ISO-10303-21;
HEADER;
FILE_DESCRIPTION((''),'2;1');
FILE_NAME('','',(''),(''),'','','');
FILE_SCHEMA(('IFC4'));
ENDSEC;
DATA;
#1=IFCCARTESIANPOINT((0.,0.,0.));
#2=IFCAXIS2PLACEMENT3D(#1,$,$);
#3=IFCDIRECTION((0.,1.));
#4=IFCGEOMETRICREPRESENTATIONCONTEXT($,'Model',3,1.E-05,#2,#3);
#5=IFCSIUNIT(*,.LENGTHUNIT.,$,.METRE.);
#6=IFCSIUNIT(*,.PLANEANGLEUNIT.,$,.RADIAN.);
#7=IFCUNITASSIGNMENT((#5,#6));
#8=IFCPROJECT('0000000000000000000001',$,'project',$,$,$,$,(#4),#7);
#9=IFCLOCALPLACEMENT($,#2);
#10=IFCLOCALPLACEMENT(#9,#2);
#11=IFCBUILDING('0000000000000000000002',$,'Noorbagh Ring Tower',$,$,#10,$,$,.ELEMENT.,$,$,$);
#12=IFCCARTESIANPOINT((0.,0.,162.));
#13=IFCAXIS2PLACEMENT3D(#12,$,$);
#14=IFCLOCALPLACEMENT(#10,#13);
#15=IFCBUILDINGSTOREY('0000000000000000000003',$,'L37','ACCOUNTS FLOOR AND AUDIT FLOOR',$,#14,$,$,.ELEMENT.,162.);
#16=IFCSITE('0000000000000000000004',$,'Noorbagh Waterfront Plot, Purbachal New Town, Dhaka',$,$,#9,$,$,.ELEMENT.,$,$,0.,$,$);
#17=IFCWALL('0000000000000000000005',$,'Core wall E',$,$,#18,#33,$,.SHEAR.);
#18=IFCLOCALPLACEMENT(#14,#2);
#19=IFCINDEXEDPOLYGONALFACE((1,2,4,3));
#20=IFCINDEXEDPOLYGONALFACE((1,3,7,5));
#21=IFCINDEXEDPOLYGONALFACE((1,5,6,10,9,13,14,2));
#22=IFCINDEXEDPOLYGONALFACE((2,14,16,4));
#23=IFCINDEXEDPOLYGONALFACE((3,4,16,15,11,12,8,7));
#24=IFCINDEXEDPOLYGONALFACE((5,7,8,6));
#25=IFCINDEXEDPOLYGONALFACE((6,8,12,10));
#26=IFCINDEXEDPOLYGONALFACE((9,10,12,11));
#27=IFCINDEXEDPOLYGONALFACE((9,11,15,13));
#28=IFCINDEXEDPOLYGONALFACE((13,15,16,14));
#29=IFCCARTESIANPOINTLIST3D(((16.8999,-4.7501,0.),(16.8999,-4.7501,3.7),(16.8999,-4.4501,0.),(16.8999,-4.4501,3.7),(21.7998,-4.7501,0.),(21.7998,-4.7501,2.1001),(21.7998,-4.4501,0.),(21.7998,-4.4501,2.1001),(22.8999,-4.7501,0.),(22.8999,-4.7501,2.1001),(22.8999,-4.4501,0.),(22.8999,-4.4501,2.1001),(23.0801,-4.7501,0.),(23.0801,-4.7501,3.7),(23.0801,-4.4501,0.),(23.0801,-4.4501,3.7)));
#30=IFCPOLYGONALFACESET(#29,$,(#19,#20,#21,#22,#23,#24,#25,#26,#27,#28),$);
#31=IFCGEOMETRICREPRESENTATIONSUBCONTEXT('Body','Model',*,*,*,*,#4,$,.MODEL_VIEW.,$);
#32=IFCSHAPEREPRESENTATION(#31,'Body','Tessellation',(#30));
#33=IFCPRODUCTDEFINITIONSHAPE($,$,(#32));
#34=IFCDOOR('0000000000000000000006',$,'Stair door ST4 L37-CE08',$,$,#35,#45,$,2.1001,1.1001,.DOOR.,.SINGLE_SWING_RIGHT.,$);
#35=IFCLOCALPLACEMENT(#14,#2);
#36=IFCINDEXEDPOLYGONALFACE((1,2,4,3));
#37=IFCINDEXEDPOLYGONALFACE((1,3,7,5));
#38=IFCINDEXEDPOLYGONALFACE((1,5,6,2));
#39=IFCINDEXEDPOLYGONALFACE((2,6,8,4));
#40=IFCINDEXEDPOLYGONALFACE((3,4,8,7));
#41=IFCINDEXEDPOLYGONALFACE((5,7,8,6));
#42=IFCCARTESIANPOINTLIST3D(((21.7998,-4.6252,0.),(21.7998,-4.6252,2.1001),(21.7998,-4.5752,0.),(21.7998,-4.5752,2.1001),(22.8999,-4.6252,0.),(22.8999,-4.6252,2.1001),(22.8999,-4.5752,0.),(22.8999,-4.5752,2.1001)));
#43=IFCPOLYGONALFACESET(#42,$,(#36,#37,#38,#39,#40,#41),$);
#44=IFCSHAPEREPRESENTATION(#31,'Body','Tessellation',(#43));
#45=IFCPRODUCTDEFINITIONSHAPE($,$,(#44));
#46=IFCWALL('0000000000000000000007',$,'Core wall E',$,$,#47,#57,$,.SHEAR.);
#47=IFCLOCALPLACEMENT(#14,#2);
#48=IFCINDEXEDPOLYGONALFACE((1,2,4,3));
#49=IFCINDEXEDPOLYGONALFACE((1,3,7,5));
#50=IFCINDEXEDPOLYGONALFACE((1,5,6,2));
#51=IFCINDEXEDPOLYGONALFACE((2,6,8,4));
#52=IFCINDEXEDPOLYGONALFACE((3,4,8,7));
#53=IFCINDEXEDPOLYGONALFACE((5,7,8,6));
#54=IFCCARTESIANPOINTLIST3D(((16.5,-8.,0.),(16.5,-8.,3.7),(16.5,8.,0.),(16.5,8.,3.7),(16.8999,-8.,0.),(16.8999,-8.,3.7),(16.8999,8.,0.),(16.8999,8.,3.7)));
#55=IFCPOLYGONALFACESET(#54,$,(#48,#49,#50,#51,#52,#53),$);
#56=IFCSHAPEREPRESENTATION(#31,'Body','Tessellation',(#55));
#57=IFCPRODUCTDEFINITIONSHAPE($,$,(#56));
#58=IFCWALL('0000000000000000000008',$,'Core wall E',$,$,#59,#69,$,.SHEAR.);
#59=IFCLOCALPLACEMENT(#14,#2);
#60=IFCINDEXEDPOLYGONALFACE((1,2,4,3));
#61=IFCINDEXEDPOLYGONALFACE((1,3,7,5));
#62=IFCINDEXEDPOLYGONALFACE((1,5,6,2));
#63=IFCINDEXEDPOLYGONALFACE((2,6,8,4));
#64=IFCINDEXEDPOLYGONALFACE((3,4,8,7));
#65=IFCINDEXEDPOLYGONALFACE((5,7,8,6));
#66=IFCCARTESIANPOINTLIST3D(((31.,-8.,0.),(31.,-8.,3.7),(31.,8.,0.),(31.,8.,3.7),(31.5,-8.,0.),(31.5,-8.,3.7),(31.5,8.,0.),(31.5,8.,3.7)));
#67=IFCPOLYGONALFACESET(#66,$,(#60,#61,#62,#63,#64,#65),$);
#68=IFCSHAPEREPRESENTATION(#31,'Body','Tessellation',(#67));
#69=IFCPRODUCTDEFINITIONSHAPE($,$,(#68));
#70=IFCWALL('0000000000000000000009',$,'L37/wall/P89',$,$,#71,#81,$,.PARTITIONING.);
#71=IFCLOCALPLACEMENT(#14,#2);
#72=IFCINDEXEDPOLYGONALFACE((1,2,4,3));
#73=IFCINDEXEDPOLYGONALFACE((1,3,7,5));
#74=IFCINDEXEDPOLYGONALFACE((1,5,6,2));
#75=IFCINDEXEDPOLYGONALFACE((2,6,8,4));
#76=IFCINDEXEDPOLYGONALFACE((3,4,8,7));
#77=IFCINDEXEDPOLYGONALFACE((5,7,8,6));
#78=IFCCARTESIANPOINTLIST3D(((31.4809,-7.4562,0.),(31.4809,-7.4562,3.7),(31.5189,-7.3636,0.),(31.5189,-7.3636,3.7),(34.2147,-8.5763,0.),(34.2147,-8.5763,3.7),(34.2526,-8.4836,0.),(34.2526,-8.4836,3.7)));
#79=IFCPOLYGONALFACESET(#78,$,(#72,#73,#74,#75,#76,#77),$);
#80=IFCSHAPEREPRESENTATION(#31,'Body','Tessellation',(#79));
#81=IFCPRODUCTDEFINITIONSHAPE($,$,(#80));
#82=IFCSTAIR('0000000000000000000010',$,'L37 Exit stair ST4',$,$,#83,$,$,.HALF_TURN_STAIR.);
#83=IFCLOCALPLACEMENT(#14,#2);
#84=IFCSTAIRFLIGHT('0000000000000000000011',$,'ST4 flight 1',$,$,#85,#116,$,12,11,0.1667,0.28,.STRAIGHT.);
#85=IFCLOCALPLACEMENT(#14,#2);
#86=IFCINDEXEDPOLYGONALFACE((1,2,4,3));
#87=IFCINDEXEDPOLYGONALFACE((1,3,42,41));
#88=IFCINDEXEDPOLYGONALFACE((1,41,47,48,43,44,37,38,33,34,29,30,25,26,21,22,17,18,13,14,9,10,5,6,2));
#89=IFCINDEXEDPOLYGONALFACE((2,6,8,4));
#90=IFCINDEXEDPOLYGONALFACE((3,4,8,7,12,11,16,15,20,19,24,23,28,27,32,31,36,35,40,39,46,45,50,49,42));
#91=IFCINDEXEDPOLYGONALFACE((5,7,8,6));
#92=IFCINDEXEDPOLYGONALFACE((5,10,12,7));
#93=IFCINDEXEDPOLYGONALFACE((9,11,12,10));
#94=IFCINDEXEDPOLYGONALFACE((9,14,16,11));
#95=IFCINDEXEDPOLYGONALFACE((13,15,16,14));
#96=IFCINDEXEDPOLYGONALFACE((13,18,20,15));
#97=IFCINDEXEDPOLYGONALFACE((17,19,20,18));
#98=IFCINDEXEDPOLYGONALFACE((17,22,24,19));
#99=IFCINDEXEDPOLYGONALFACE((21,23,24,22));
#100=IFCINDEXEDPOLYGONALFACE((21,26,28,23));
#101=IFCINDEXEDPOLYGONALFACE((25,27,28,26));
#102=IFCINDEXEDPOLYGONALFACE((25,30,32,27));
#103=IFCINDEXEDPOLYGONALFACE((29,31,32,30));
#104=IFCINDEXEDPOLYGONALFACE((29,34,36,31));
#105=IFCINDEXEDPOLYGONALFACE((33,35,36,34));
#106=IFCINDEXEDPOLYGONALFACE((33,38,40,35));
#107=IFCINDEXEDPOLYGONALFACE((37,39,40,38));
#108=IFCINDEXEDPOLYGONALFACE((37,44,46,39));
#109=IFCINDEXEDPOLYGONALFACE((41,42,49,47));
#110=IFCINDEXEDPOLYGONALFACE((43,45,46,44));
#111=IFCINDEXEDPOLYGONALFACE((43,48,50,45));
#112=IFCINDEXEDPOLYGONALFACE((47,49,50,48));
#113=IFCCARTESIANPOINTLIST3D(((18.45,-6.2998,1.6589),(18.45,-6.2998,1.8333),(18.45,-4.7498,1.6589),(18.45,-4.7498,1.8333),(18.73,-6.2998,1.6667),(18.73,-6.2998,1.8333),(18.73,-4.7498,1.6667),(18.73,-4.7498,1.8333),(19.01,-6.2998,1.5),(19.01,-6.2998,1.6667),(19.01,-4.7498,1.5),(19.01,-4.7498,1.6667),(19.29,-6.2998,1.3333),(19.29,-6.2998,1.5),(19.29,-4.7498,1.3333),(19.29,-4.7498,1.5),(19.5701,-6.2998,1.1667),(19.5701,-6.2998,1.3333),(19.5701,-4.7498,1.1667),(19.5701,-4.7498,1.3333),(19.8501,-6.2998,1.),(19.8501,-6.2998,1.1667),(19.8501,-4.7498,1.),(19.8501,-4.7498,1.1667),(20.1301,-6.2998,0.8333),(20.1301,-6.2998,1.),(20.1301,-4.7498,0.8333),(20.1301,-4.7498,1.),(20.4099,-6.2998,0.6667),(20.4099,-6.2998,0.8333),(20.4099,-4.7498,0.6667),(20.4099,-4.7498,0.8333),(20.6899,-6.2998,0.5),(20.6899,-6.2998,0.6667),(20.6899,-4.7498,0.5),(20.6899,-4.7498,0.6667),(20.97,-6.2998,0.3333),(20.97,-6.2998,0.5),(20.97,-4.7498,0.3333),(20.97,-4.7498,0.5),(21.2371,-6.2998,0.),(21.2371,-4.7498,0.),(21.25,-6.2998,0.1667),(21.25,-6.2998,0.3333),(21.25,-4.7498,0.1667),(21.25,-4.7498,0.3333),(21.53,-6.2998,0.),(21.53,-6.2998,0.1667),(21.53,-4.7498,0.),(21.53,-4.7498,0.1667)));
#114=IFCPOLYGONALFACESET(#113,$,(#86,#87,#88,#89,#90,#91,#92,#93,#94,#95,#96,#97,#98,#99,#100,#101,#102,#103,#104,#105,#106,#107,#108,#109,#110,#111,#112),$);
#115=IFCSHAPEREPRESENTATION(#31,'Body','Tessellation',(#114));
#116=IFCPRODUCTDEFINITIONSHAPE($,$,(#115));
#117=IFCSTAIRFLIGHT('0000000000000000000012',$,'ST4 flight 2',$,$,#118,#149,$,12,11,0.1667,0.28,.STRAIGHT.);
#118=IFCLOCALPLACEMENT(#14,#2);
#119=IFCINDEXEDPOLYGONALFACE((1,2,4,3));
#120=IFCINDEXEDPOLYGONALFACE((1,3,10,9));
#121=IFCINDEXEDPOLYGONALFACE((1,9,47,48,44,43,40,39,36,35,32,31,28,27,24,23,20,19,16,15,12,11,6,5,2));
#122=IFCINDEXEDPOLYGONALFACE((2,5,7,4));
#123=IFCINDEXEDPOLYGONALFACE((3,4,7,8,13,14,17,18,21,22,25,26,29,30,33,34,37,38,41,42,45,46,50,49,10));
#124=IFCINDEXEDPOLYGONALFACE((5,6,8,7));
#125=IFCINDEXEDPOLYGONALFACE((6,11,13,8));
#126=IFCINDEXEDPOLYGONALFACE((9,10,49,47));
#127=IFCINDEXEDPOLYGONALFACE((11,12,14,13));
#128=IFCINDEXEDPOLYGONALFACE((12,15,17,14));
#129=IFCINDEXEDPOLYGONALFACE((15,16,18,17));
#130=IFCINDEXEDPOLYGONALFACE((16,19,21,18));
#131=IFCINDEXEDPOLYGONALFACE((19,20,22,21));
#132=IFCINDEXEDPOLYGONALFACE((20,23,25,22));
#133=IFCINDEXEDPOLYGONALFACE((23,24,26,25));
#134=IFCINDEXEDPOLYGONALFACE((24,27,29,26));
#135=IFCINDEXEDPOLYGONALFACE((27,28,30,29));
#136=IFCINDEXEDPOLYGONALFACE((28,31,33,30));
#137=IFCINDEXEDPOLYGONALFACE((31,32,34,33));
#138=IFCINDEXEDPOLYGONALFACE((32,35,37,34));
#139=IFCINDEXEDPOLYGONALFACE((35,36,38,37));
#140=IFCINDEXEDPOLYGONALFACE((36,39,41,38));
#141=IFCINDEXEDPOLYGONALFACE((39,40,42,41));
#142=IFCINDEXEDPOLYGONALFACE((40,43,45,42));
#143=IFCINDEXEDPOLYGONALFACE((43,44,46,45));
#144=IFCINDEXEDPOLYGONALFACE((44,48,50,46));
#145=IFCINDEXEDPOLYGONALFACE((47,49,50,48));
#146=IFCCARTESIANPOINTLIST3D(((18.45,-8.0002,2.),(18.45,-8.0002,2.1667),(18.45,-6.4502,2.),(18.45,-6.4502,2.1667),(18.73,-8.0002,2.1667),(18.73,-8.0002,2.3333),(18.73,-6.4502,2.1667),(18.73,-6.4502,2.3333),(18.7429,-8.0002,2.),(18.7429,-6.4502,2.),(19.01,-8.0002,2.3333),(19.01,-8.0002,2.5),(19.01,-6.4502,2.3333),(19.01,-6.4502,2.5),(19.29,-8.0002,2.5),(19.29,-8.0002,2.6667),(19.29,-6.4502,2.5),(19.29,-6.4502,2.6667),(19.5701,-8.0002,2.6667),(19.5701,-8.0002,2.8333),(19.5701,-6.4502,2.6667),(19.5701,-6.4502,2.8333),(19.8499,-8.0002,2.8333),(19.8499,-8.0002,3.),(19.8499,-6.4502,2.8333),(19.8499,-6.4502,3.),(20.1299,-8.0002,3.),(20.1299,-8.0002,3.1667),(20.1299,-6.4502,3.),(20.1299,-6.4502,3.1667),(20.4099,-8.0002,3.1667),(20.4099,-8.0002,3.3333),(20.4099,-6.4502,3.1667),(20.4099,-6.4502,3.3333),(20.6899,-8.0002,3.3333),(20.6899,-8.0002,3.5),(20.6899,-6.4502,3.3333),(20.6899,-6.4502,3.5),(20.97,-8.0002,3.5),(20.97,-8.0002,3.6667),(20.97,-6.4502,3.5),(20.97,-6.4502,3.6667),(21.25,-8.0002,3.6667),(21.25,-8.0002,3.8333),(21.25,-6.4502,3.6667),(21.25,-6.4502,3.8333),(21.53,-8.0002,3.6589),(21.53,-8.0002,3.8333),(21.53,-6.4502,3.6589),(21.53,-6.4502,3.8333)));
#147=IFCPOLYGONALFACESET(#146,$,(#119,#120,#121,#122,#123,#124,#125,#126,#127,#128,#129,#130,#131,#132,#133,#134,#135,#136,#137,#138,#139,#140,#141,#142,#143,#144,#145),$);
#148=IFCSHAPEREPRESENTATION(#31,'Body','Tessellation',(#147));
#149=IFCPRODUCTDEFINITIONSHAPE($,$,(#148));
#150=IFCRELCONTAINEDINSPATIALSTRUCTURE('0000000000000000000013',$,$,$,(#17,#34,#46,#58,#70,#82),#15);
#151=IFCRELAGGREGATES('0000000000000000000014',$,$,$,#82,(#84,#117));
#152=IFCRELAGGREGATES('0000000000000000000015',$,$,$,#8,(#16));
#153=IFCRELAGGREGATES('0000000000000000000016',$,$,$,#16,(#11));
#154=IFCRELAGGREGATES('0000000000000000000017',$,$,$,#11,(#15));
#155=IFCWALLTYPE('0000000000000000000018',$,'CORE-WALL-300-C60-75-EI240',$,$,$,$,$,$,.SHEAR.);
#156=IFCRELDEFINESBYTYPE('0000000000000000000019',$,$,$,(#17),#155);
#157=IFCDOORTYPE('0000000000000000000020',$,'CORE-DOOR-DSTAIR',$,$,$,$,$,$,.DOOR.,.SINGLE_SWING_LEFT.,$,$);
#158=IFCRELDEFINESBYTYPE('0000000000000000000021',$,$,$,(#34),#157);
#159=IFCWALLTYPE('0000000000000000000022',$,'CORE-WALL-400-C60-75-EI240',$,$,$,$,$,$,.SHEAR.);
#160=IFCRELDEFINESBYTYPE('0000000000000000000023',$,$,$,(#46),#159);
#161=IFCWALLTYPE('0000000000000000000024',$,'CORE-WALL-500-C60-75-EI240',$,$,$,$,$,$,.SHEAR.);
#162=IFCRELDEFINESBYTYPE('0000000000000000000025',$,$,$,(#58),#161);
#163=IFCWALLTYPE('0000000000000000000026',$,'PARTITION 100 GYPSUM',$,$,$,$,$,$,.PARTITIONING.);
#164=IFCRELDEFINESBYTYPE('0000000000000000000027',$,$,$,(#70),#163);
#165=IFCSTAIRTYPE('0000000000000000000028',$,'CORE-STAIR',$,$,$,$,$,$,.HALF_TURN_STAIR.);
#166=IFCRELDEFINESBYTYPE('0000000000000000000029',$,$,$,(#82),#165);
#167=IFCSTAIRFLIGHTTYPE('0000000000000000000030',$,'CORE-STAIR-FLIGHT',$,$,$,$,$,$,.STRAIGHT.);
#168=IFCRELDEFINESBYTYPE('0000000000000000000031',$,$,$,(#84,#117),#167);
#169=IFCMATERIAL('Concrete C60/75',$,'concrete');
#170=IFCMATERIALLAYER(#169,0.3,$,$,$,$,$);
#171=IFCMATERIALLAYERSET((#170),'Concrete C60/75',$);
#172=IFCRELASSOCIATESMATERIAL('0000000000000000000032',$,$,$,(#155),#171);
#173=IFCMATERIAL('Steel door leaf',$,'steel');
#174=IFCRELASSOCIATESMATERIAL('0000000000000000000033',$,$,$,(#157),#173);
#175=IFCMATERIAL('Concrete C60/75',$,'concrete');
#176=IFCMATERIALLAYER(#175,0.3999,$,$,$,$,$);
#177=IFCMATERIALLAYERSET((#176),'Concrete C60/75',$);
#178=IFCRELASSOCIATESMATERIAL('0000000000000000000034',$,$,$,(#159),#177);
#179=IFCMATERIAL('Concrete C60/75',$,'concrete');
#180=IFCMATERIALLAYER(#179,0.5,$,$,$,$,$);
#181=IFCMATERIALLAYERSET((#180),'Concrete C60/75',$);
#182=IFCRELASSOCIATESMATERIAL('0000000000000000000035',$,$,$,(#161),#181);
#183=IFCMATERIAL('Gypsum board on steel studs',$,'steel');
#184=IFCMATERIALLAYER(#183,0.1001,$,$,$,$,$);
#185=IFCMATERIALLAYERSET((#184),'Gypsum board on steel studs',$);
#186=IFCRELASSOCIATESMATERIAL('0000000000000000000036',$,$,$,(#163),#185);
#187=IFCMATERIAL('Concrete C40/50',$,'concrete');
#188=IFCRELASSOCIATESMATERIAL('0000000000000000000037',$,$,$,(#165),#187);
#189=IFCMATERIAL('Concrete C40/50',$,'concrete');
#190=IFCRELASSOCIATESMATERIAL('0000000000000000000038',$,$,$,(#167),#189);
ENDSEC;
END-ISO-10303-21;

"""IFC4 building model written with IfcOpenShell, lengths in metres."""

from ifc_helpers import new_model, si_unit, direction, frame, frame_2d, origin, place, context, subcontext, project, spatial, polyline, rectangle, outline, extrude, material, layer, layer_set, type_object, element, fill, aggregate, save


model = new_model("IFC4")

# Units and contexts
model_context = context("Model", 3, precision=1e-05, world=origin(), true_north=direction((0.0, 1.0)))
body_context = subcontext(model_context, "Body", "Model", "MODEL_VIEW")
ifc_project = project(units=[si_unit("LENGTHUNIT", "METRE"), si_unit("PLANEANGLEUNIT", "RADIAN")], contexts=[model_context])

# Site, building, storey
site_placement = place(None, origin())
site = spatial("IfcSite", under=ifc_project, at=site_placement, Name="Noorbagh Waterfront Plot, Purbachal New Town, Dhaka", CompositionType="ELEMENT", RefElevation=0.0)
building_placement = place(site_placement, origin())
building = spatial("IfcBuilding", under=site, at=building_placement, Name="Noorbagh Ring Tower", CompositionType="ELEMENT")
storey_placement = place(building_placement, frame((0.0, 0.0, 162.0)))
storey = spatial("IfcBuildingStorey", under=building, at=storey_placement, Name="L37", Description="ACCOUNTS FLOOR AND AUDIT FLOOR", CompositionType="ELEMENT", Elevation=162.0)

# Shared definitions
ifc_material_1 = material(Name="Concrete C60/75", Category="concrete")
ifc_layer_1 = layer(ifc_material_1, 0.3)
ifc_layer_set_1 = layer_set([ifc_layer_1], Name="Concrete C60/75")
wall_type_1 = type_object("IfcWallType", Name="CORE-WALL-300-C60-75-EI240", PredefinedType="SHEAR", material=ifc_layer_set_1)

# Wall, opening, door
wall_1_placement = place(storey_placement, frame((16.8999, -4.6001, 0.0), z_axis=(0.0, 0.0, 1.0), x_axis=(1.0, 0.0, 0.0)))
wall_1 = element("IfcWall", 1, at=wall_1_placement, inside=storey, type_object=wall_type_1, Name="Core wall E", PredefinedType="SHEAR", context=body_context, shape_type="SweptSolid", body=[
    extrude(rectangle(XDim=6.1802, YDim=0.3, at=frame_2d((3.0901, 0.0))), origin(), (0.0, 0.0, 1.0), 3.7),
])
opening_1_placement = place(wall_1_placement, frame((4.8999, 0.0, 0.0)))
opening_1 = element("IfcOpeningElement", 2, at=opening_1_placement, cuts=wall_1, PredefinedType="OPENING", context=body_context, shape_type="SweptSolid", body=[
    extrude(rectangle(XDim=1.1001, YDim=2.1001, at=frame_2d((0.55, 1.05))), frame((0.0, 0.1602, 0.0), z_axis=(0.0, -1.0, 0.0), x_axis=(1.0, 0.0, 0.0)), (0.0, 0.0, 1.0), 0.3201),
])
ifc_material_2 = material(Name="Steel door leaf", Category="steel")
door_type_1 = type_object("IfcDoorType", Name="CORE-DOOR-DSTAIR", OperationType="SINGLE_SWING_LEFT", PredefinedType="DOOR", material=ifc_material_2)
door_1_placement = place(opening_1_placement, origin())
door_1 = element("IfcDoor", 3, at=door_1_placement, inside=storey, type_object=door_type_1, Name="Stair door ST4 L37-CE08", OperationType="SINGLE_SWING_RIGHT", OverallHeight=2.1001, OverallWidth=1.1001, PredefinedType="DOOR", context=body_context, shape_type="SweptSolid", body=[
    extrude(rectangle(XDim=1.1001, YDim=2.1001, at=frame_2d((0.55, 1.05))), frame((0.0, 0.0249, 0.0), z_axis=(0.0, -1.0, 0.0), x_axis=(1.0, 0.0, 0.0)), (0.0, 0.0, 1.0), 0.05),
])
fill(opening_1, door_1)

# Walls
ifc_material_3 = material(Name="Concrete C60/75", Category="concrete")
ifc_layer_2 = layer(ifc_material_3, 0.3999)
ifc_layer_set_2 = layer_set([ifc_layer_2], Name="Concrete C60/75")
wall_type_2 = type_object("IfcWallType", Name="CORE-WALL-400-C60-75-EI240", PredefinedType="SHEAR", material=ifc_layer_set_2)
wall_2_placement = place(storey_placement, frame((16.7, -8.0, 0.0), z_axis=(0.0, 0.0, 1.0), x_axis=(0.0, 1.0, 0.0)))
element("IfcWall", 4, at=wall_2_placement, inside=storey, type_object=wall_type_2, Name="Core wall E", PredefinedType="SHEAR", context=body_context, shape_type="SweptSolid", body=[
    extrude(rectangle(XDim=16.0, YDim=0.3999, at=frame_2d((8.0, 0.0))), origin(), (0.0, 0.0, 1.0), 3.7),
])
ifc_material_4 = material(Name="Concrete C60/75", Category="concrete")
ifc_layer_3 = layer(ifc_material_4, 0.5)
ifc_layer_set_3 = layer_set([ifc_layer_3], Name="Concrete C60/75")
wall_type_3 = type_object("IfcWallType", Name="CORE-WALL-500-C60-75-EI240", PredefinedType="SHEAR", material=ifc_layer_set_3)
wall_3_placement = place(storey_placement, frame((31.25, -8.0, 0.0), z_axis=(0.0, 0.0, 1.0), x_axis=(0.0, 1.0, 0.0)))
element("IfcWall", 5, at=wall_3_placement, inside=storey, type_object=wall_type_3, Name="Core wall E", PredefinedType="SHEAR", context=body_context, shape_type="SweptSolid", body=[
    extrude(rectangle(XDim=16.0, YDim=0.5, at=frame_2d((8.0, 0.0))), origin(), (0.0, 0.0, 1.0), 3.7),
])
ifc_material_5 = material(Name="Gypsum board on steel studs", Category="steel")
ifc_layer_4 = layer(ifc_material_5, 0.1001)
ifc_layer_set_4 = layer_set([ifc_layer_4], Name="Gypsum board on steel studs")
wall_type_4 = type_object("IfcWallType", Name="PARTITION 100 GYPSUM", PredefinedType="PARTITIONING", material=ifc_layer_set_4)
wall_4_placement = place(storey_placement, frame((31.5, -7.4099, 0.0), z_axis=(0.0, 0.0, 1.0), x_axis=(0.925344, -0.379128, 0.0)))
element("IfcWall", 6, at=wall_4_placement, inside=storey, type_object=wall_type_4, Name="L37/wall/P89", PredefinedType="PARTITIONING", context=body_context, shape_type="SweptSolid", body=[
    extrude(rectangle(XDim=2.9543, YDim=0.1001, at=frame_2d((1.4771, 0.0))), origin(), (0.0, 0.0, 1.0), 3.7),
])

# Stair, stair flights
ifc_material_6 = material(Name="Concrete C40/50", Category="concrete")
stair_type = type_object("IfcStairType", Name="CORE-STAIR", PredefinedType="HALF_TURN_STAIR", material=ifc_material_6)
stair_placement = place(storey_placement, origin())
stair = element("IfcStair", 7, at=stair_placement, inside=storey, type_object=stair_type, Name="L37 Exit stair ST4", PredefinedType="HALF_TURN_STAIR")
ifc_material_7 = material(Name="Concrete C40/50", Category="concrete")
stair_flight_type = type_object("IfcStairFlightType", Name="CORE-STAIR-FLIGHT", PredefinedType="STRAIGHT", material=ifc_material_7)
stair_flight_1_placement = place(storey_placement, frame((21.53, -5.5249, 0.0), z_axis=(0.0, 0.0, 1.0), x_axis=(-1.0, 0.0, 0.0)))
stair_flight_1 = element("IfcStairFlight", 8, at=stair_flight_1_placement, type_object=stair_flight_type, Name="ST4 flight 1", NumberOfRisers=12, NumberOfTreads=11, PredefinedType="STRAIGHT", RiserHeight=0.1667, TreadLength=0.28, context=body_context, shape_type="SweptSolid", body=[
    extrude(outline(polyline([(0.0, 0.0), (0.0, 0.1667), (0.28, 0.1667), (0.28, 0.3333), (0.5601, 0.3333), (0.5601, 0.5), (0.8401, 0.5), (0.8401, 0.6667), (1.1201, 0.6667), (1.1201, 0.8333), (1.3999, 0.8333), (1.3999, 1.0), (1.6799, 1.0), (1.6799, 1.1667), (1.96, 1.1667), (1.96, 1.3333), (2.24, 1.3333), (2.24, 1.5), (2.52, 1.5), (2.52, 1.6667), (2.8, 1.6667), (2.8, 1.8333), (3.0801, 1.8333), (3.0801, 2.0), (3.0801, 1.6589), (0.293, 0.0), (0.0, 0.0)])), frame((0.0, 0.7749, 0.0), z_axis=(0.0, -1.0, 0.0), x_axis=(1.0, 0.0, 0.0)), (0.0, 0.0, 1.0), 1.55),
])
stair_flight_2_placement = place(storey_placement, frame((18.45, -7.2251, 2.0), z_axis=(0.0, 0.0, 1.0), x_axis=(1.0, 0.0, 0.0)))
stair_flight_2 = element("IfcStairFlight", 9, at=stair_flight_2_placement, type_object=stair_flight_type, Name="ST4 flight 2", NumberOfRisers=12, NumberOfTreads=11, PredefinedType="STRAIGHT", RiserHeight=0.1667, TreadLength=0.28, context=body_context, shape_type="SweptSolid", body=[
    extrude(outline(polyline([(0.0, 0.0), (0.0, 0.1667), (0.28, 0.1667), (0.28, 0.3333), (0.5601, 0.3333), (0.5601, 0.5), (0.8401, 0.5), (0.8401, 0.6667), (1.1201, 0.6667), (1.1201, 0.8333), (1.3999, 0.8333), (1.3999, 1.0), (1.6799, 1.0), (1.6799, 1.1667), (1.96, 1.1667), (1.96, 1.3333), (2.24, 1.3333), (2.24, 1.5), (2.52, 1.5), (2.52, 1.6667), (2.8, 1.6667), (2.8, 1.8333), (3.0801, 1.8333), (3.0801, 2.0), (3.0801, 1.6589), (0.293, 0.0), (0.0, 0.0)])), frame((0.0, 0.7749, 0.0), z_axis=(0.0, -1.0, 0.0), x_axis=(1.0, 0.0, 0.0)), (0.0, 0.0, 1.0), 1.55),
])
aggregate(stair, [stair_flight_1, stair_flight_2])

save(model, "model.ifc")
